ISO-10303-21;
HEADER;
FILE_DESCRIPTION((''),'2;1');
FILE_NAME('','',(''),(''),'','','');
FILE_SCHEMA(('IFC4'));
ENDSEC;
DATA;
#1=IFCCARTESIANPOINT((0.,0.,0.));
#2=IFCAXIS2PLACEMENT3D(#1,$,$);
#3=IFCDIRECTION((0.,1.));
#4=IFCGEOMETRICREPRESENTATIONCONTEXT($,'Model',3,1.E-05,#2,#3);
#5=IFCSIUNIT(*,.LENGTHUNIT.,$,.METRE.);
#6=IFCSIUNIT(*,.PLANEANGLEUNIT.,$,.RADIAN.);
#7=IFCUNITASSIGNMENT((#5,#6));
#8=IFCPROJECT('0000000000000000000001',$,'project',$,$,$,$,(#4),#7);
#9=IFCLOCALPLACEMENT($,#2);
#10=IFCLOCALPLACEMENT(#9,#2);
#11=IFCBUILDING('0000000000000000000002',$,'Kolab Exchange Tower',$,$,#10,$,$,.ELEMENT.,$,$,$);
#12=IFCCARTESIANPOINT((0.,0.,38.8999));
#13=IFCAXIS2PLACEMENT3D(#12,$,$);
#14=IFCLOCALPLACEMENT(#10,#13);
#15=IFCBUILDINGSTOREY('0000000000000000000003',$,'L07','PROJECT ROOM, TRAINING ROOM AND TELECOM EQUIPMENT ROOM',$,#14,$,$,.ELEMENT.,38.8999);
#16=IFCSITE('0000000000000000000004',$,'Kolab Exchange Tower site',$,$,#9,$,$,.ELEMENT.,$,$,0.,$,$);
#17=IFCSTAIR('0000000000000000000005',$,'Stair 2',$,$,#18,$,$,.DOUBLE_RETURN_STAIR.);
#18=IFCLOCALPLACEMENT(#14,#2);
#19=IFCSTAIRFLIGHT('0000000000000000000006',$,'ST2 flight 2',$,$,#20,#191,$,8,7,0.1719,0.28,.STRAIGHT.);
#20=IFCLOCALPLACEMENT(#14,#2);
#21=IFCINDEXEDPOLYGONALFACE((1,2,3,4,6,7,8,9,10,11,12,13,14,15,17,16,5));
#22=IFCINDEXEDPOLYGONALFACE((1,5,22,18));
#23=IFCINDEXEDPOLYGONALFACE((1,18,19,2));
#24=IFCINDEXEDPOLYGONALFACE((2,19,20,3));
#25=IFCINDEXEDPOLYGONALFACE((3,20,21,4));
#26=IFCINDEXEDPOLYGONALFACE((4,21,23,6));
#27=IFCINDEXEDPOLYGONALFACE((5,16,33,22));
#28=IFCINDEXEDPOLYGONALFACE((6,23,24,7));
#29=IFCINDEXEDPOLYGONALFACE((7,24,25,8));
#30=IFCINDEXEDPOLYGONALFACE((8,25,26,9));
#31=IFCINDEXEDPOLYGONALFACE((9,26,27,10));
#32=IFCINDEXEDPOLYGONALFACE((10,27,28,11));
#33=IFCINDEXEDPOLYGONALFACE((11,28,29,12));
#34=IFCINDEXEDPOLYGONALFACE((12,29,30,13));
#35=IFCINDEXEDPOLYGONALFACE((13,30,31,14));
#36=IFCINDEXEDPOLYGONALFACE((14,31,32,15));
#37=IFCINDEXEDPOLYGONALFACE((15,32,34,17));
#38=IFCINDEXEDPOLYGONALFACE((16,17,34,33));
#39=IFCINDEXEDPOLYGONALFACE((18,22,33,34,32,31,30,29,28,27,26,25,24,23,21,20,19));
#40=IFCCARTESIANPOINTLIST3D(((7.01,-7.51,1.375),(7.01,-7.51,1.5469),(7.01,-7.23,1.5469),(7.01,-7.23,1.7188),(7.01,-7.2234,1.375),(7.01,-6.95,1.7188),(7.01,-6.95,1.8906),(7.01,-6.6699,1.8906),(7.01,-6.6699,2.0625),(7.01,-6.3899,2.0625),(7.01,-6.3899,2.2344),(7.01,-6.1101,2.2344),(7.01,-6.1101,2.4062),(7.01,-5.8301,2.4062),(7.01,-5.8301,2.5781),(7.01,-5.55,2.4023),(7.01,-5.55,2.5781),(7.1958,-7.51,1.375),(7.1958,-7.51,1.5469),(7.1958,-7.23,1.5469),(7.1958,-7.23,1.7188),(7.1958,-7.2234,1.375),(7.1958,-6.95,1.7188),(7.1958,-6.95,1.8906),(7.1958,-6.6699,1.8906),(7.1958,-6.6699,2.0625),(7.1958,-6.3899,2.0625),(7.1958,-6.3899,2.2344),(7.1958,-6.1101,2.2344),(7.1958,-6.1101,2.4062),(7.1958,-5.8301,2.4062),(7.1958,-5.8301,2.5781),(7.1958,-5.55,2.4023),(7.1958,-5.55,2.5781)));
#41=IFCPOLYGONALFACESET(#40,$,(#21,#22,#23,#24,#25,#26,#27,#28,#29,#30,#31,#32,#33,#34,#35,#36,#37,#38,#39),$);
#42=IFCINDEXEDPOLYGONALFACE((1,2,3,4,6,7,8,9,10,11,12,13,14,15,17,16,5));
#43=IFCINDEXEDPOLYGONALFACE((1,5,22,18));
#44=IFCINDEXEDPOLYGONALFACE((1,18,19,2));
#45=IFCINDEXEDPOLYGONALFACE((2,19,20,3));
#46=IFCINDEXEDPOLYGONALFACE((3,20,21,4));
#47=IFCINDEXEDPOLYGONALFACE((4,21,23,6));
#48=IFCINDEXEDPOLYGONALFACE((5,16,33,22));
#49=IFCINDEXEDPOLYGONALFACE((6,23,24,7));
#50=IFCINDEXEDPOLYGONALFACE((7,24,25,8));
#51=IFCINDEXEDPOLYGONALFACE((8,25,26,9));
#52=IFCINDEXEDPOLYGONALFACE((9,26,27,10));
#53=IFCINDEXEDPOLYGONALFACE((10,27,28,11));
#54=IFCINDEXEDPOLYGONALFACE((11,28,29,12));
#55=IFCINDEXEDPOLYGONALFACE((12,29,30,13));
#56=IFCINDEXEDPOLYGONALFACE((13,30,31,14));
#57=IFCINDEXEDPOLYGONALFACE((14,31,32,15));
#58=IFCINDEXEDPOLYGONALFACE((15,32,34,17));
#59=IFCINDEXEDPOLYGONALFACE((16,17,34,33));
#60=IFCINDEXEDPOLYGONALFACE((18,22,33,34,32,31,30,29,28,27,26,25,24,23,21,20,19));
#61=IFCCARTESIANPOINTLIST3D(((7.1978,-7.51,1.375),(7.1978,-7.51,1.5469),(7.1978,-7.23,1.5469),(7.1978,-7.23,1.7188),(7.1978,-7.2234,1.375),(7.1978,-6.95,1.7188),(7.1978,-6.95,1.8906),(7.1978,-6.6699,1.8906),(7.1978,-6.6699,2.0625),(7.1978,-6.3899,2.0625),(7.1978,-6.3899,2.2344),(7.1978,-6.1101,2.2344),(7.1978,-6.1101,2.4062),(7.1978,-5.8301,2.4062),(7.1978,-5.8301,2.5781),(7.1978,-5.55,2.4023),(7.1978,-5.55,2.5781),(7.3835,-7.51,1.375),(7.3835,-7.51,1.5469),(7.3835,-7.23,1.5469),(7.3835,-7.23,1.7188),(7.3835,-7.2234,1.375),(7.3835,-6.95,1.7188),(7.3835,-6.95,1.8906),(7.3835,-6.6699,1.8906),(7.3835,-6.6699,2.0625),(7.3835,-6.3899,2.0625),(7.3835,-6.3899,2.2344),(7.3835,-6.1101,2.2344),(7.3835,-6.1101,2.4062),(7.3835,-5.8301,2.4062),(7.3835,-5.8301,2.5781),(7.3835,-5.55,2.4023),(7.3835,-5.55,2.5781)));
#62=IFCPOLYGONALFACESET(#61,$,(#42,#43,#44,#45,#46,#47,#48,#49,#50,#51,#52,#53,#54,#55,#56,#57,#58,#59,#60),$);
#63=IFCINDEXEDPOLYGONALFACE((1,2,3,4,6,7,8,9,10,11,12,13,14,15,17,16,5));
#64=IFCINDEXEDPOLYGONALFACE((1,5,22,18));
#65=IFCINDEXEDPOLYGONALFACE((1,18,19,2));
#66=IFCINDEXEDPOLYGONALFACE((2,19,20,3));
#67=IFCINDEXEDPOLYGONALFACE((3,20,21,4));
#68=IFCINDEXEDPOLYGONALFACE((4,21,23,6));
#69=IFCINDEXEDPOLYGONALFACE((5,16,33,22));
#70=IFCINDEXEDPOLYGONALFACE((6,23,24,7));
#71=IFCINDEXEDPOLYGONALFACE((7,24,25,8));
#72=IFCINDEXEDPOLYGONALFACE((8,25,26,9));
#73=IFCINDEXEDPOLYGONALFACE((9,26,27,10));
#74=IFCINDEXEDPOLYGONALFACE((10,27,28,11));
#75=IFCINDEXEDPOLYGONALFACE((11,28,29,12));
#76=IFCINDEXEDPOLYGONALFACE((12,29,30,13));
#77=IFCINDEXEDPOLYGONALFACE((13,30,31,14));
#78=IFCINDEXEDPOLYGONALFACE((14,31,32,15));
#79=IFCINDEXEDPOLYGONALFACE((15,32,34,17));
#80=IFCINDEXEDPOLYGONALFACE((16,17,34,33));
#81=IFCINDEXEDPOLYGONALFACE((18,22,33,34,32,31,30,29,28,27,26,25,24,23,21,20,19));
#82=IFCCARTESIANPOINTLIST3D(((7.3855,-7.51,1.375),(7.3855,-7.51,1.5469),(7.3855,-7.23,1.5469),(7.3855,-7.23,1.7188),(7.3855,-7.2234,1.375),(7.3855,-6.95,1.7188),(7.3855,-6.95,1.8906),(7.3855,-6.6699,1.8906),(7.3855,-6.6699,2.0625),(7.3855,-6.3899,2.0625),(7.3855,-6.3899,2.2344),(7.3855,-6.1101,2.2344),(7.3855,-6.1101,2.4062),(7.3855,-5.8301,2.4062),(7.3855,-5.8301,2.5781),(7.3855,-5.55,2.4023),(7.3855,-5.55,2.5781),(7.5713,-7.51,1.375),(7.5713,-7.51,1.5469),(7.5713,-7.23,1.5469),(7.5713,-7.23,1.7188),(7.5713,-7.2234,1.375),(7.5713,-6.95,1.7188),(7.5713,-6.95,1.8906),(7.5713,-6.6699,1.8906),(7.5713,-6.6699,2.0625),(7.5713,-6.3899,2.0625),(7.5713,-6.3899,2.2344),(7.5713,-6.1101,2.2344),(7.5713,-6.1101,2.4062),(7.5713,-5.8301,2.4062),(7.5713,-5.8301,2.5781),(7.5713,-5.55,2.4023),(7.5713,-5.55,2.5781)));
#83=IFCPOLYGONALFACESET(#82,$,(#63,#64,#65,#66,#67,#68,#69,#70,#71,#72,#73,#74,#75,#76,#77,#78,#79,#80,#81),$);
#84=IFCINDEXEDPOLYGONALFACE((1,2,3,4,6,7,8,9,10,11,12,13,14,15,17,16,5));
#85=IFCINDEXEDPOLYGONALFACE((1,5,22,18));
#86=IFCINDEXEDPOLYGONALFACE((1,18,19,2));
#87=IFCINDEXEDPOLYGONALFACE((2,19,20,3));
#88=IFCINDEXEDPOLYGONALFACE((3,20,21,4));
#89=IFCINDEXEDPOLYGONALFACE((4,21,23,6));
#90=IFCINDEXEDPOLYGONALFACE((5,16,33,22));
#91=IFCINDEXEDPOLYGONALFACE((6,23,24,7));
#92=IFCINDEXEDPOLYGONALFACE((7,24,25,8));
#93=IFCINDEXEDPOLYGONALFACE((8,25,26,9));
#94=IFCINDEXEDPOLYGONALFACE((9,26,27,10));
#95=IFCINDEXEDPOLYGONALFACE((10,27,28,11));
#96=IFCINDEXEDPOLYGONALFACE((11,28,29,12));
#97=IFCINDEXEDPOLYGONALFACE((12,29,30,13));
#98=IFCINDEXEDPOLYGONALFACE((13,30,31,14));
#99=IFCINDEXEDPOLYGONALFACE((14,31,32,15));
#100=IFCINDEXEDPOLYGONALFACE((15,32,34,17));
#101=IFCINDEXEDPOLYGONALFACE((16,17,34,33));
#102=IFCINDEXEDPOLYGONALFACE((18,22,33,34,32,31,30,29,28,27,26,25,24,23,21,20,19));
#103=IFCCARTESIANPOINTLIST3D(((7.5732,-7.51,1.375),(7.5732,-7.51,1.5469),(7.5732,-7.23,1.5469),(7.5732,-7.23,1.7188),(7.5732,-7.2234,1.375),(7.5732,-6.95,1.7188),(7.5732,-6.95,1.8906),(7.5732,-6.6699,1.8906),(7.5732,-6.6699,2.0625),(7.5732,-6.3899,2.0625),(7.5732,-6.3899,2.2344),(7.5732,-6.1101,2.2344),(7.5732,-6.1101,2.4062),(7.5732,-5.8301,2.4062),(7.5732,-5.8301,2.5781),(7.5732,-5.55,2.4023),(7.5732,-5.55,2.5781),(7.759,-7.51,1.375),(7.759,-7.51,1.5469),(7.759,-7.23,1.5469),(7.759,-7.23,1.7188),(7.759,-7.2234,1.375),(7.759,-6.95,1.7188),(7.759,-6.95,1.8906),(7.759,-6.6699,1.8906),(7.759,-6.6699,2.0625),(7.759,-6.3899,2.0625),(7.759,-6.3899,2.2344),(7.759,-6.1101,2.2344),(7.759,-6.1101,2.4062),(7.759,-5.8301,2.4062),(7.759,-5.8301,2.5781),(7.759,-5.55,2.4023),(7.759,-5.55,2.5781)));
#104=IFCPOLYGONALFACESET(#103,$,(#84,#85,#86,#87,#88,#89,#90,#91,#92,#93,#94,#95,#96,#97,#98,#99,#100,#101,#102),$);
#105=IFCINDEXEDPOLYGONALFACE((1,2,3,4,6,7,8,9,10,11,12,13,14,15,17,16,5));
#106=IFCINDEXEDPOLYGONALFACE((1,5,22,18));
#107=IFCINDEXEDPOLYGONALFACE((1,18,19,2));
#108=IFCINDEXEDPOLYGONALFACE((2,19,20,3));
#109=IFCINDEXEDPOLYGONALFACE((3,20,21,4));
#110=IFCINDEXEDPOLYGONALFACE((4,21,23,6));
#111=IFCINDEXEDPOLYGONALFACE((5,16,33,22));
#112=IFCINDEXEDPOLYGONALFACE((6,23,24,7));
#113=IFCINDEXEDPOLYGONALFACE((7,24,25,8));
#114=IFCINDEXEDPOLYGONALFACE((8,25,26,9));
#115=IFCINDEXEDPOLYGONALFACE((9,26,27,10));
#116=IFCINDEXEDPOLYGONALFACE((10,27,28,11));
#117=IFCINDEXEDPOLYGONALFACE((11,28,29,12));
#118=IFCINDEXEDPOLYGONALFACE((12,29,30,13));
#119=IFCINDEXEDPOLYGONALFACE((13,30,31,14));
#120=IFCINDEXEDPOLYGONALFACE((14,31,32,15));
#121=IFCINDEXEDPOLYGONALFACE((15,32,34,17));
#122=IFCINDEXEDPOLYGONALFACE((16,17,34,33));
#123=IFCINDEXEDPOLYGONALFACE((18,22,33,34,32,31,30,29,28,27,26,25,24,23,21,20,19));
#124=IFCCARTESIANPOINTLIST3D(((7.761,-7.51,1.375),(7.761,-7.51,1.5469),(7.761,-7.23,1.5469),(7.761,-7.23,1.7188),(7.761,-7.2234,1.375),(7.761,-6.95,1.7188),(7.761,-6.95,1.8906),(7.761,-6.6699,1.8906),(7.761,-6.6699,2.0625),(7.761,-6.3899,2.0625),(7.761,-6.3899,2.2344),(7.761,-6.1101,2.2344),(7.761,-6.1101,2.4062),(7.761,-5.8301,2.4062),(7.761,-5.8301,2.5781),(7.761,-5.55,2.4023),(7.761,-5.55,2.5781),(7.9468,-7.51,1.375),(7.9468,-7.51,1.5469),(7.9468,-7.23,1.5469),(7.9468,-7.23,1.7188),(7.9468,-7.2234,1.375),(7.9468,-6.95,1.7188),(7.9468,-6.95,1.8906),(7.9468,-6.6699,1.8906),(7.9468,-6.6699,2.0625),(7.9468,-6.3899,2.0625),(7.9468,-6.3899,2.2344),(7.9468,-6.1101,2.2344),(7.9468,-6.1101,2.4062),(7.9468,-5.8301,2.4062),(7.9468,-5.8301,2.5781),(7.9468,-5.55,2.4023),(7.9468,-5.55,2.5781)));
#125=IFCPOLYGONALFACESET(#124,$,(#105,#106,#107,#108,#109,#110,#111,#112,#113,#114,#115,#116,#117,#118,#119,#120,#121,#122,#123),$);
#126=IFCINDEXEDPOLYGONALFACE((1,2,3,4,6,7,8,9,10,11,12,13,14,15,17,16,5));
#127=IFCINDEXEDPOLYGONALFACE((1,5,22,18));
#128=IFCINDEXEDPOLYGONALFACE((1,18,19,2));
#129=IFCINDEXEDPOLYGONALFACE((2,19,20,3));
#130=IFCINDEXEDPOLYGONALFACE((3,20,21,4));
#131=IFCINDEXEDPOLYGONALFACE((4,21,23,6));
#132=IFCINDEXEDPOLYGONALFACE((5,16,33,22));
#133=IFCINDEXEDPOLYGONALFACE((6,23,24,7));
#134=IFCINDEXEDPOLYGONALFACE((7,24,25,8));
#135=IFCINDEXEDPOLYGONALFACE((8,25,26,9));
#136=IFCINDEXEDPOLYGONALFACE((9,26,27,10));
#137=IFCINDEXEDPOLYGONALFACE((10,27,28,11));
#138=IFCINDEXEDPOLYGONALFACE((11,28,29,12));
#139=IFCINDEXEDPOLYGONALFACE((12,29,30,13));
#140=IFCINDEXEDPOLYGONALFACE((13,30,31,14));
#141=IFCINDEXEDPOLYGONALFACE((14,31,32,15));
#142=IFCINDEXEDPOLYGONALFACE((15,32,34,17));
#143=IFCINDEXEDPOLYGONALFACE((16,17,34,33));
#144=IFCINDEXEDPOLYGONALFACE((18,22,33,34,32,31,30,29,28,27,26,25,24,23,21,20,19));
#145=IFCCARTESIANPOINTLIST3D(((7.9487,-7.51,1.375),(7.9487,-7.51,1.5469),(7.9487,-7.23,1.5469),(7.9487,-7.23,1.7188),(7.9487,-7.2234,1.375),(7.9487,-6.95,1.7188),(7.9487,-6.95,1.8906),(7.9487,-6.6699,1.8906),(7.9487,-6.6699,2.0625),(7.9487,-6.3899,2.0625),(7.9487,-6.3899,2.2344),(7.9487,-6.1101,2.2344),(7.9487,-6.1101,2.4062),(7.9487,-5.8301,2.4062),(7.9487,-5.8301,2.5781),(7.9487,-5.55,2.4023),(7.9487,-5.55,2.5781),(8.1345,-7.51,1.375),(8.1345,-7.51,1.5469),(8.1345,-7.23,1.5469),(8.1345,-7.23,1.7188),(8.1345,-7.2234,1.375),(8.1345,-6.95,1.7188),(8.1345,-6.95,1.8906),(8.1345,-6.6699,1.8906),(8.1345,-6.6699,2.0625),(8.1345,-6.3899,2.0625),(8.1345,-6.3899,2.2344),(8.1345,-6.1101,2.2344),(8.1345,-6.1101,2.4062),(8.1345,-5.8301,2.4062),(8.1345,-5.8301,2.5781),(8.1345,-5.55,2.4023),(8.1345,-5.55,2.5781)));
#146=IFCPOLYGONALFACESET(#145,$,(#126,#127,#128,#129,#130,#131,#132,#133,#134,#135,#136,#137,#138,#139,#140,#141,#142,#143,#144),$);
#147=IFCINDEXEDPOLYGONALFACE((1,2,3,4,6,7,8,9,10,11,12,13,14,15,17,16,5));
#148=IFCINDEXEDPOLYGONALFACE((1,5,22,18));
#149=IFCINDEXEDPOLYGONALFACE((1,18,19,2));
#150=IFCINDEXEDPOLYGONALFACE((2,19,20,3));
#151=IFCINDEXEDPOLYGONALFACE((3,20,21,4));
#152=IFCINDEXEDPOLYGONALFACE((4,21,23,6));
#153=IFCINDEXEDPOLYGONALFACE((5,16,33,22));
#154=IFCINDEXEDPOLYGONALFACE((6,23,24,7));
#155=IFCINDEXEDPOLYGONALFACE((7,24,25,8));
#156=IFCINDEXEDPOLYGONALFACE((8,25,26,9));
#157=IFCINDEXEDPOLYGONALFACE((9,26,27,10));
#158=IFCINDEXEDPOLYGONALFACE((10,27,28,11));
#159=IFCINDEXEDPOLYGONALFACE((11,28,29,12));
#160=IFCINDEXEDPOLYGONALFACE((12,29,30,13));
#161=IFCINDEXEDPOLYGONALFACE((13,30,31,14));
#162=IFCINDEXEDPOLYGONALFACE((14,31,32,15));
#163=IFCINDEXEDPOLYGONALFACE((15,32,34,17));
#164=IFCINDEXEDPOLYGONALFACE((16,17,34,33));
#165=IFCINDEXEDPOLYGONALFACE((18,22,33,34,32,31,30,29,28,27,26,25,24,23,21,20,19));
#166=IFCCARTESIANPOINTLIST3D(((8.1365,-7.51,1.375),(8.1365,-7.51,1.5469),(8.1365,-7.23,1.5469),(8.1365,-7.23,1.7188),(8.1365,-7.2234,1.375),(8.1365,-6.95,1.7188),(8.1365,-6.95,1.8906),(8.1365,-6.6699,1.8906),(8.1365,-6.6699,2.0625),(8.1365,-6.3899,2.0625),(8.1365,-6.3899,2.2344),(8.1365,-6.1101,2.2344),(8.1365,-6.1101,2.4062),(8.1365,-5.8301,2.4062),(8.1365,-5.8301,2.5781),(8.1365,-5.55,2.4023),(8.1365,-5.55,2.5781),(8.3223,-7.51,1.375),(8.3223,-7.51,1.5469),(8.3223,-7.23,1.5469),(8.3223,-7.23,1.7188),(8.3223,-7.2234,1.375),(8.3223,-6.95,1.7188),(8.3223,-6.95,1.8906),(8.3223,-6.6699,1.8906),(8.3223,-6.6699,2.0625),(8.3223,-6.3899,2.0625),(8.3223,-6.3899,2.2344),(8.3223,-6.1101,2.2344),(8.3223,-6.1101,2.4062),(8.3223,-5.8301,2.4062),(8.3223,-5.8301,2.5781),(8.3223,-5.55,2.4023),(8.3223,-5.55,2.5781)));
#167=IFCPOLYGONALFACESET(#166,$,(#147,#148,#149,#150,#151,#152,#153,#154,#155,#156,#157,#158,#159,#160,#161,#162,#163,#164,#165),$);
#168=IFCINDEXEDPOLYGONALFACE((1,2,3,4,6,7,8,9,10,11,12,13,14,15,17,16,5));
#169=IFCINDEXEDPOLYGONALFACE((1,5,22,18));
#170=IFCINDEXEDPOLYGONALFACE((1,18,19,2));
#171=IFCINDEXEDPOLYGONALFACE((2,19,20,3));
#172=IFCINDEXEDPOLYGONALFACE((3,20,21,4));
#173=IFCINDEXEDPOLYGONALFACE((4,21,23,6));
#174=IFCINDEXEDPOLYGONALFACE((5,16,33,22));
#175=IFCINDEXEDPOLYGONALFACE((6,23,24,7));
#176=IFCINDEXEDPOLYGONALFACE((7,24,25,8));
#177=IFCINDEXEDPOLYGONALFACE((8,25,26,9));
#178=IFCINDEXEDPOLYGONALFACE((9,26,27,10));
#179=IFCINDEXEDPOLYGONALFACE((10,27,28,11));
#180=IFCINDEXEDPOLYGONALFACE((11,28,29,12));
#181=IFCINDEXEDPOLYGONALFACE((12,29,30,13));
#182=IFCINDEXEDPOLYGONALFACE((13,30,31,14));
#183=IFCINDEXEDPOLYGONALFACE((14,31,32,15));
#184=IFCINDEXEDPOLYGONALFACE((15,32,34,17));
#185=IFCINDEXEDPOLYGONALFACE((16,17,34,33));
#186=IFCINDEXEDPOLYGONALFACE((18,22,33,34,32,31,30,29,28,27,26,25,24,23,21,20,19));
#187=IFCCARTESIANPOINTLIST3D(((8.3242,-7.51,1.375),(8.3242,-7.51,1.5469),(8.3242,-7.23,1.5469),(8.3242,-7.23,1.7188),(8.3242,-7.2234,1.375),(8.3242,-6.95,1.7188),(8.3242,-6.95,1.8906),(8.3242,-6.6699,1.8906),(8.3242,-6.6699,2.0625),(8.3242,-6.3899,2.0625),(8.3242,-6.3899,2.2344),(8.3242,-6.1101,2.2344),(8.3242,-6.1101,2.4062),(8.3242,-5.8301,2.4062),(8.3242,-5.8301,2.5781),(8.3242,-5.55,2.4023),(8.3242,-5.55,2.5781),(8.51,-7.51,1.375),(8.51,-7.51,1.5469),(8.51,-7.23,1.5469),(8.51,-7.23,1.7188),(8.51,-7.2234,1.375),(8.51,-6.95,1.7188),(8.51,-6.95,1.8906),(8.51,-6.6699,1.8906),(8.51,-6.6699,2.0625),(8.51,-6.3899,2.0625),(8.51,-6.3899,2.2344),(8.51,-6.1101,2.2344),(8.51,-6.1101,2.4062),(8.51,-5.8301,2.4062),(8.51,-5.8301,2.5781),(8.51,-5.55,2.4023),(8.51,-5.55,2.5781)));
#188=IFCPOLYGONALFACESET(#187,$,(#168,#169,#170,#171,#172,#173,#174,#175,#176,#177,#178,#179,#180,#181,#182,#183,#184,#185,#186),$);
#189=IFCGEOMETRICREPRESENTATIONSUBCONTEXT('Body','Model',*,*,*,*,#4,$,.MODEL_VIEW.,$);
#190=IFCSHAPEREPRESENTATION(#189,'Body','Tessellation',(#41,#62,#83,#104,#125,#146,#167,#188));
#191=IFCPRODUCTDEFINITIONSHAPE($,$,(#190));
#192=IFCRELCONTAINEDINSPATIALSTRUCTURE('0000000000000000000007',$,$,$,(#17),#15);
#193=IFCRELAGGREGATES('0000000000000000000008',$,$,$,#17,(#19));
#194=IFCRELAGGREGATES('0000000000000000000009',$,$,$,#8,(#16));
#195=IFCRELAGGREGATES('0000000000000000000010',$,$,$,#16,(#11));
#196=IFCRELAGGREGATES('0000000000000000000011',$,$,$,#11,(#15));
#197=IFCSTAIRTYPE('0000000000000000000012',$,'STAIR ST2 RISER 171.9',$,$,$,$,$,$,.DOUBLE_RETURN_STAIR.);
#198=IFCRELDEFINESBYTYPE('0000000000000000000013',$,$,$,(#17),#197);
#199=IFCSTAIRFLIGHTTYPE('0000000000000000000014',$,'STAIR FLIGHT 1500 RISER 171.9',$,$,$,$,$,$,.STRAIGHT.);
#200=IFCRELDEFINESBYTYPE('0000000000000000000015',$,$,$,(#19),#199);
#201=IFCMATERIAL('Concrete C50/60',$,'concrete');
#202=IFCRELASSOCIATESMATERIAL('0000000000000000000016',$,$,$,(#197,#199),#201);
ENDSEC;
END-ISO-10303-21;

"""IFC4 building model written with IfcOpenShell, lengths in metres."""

from ifc_helpers import new_model, si_unit, direction, frame, origin, place, context, subcontext, project, spatial, polyline, outline, extrude, material, type_object, element, aggregate, save


model = new_model("IFC4")

# Units and contexts
model_context = context("Model", 3, precision=1e-05, world=origin(), true_north=direction((0.0, 1.0)))
body_context = subcontext(model_context, "Body", "Model", "MODEL_VIEW")
ifc_project = project(units=[si_unit("LENGTHUNIT", "METRE"), si_unit("PLANEANGLEUNIT", "RADIAN")], contexts=[model_context])

# Site, building, storey
site_placement = place(None, origin())
site = spatial("IfcSite", under=ifc_project, at=site_placement, Name="Kolab Exchange Tower site", CompositionType="ELEMENT", RefElevation=0.0)
building_placement = place(site_placement, origin())
building = spatial("IfcBuilding", under=site, at=building_placement, Name="Kolab Exchange Tower", CompositionType="ELEMENT")
storey_placement = place(building_placement, frame((0.0, 0.0, 38.8999)))
storey = spatial("IfcBuildingStorey", under=building, at=storey_placement, Name="L07", Description="PROJECT ROOM, TRAINING ROOM AND TELECOM EQUIPMENT ROOM", CompositionType="ELEMENT", Elevation=38.8999)

# Shared definitions
ifc_material_1 = material(Name="Concrete C50/60", Category="concrete")

# Stair, stair flight
stair_type = type_object("IfcStairType", Name="STAIR ST2 RISER 171.9", PredefinedType="DOUBLE_RETURN_STAIR", material=ifc_material_1)
stair_placement = place(storey_placement, origin())
stair = element("IfcStair", 1, at=stair_placement, inside=storey, type_object=stair_type, Name="Stair 2", PredefinedType="DOUBLE_RETURN_STAIR")
stair_flight_type = type_object("IfcStairFlightType", Name="STAIR FLIGHT 1500 RISER 171.9", PredefinedType="STRAIGHT", material=ifc_material_1)
stair_flight_1_placement = place(storey_placement, frame((7.76, -7.51, 1.375), z_axis=(0.0, 0.0, 1.0), x_axis=(0.0, 1.0, 0.0)))
stair_flight_1 = element("IfcStairFlight", 2, at=stair_flight_1_placement, type_object=stair_flight_type, Name="ST2 flight 2", NumberOfRisers=8, NumberOfTreads=7, PredefinedType="STRAIGHT", RiserHeight=0.1719, TreadLength=0.28, context=body_context, shape_type="SweptSolid", body=[
    extrude(outline(polyline([(0.0, 0.0), (0.0, 0.1719), (0.28, 0.1719), (0.28, 0.3438), (0.5601, 0.3438), (0.5601, 0.5156), (0.8401, 0.5156), (0.8401, 0.6875), (1.1201, 0.6875), (1.1201, 0.8594), (1.3999, 0.8594), (1.3999, 1.0312), (1.6799, 1.0312), (1.6799, 1.2031), (1.96, 1.2031), (1.96, 1.375), (1.96, 1.0273), (0.2866, 0.0), (0.0, 0.0)])), frame((0.0, 0.75, 0.0), z_axis=(0.0, -1.0, 0.0), x_axis=(1.0, 0.0, 0.0)), (0.0, 0.0, 1.0), 0.1858),
    extrude(outline(polyline([(0.0, 0.0), (0.0, 0.1719), (0.28, 0.1719), (0.28, 0.3438), (0.5601, 0.3438), (0.5601, 0.5156), (0.8401, 0.5156), (0.8401, 0.6875), (1.1201, 0.6875), (1.1201, 0.8594), (1.3999, 0.8594), (1.3999, 1.0312), (1.6799, 1.0312), (1.6799, 1.2031), (1.96, 1.2031), (1.96, 1.375), (1.96, 1.0273), (0.2866, 0.0), (0.0, 0.0)])), frame((0.0, 0.5623, 0.0), z_axis=(0.0, -1.0, 0.0), x_axis=(1.0, 0.0, 0.0)), (0.0, 0.0, 1.0), 0.1858),
    extrude(outline(polyline([(0.0, 0.0), (0.0, 0.1719), (0.28, 0.1719), (0.28, 0.3438), (0.5601, 0.3438), (0.5601, 0.5156), (0.8401, 0.5156), (0.8401, 0.6875), (1.1201, 0.6875), (1.1201, 0.8594), (1.3999, 0.8594), (1.3999, 1.0312), (1.6799, 1.0312), (1.6799, 1.2031), (1.96, 1.2031), (1.96, 1.375), (1.96, 1.0273), (0.2866, 0.0), (0.0, 0.0)])), frame((0.0, 0.3745, 0.0), z_axis=(0.0, -1.0, 0.0), x_axis=(1.0, 0.0, 0.0)), (0.0, 0.0, 1.0), 0.1858),
    extrude(outline(polyline([(0.0, 0.0), (0.0, 0.1719), (0.28, 0.1719), (0.28, 0.3438), (0.5601, 0.3438), (0.5601, 0.5156), (0.8401, 0.5156), (0.8401, 0.6875), (1.1201, 0.6875), (1.1201, 0.8594), (1.3999, 0.8594), (1.3999, 1.0312), (1.6799, 1.0312), (1.6799, 1.2031), (1.96, 1.2031), (1.96, 1.375), (1.96, 1.0273), (0.2866, 0.0), (0.0, 0.0)])), frame((0.0, 0.1868, 0.0), z_axis=(0.0, -1.0, 0.0), x_axis=(1.0, 0.0, 0.0)), (0.0, 0.0, 1.0), 0.1858),
    extrude(outline(polyline([(0.0, 0.0), (0.0, 0.1719), (0.28, 0.1719), (0.28, 0.3438), (0.5601, 0.3438), (0.5601, 0.5156), (0.8401, 0.5156), (0.8401, 0.6875), (1.1201, 0.6875), (1.1201, 0.8594), (1.3999, 0.8594), (1.3999, 1.0312), (1.6799, 1.0312), (1.6799, 1.2031), (1.96, 1.2031), (1.96, 1.375), (1.96, 1.0273), (0.2866, 0.0), (0.0, 0.0)])), frame((0.0, -0.001, 0.0), z_axis=(0.0, -1.0, 0.0), x_axis=(1.0, 0.0, 0.0)), (0.0, 0.0, 1.0), 0.1858),
    extrude(outline(polyline([(0.0, 0.0), (0.0, 0.1719), (0.28, 0.1719), (0.28, 0.3438), (0.5601, 0.3438), (0.5601, 0.5156), (0.8401, 0.5156), (0.8401, 0.6875), (1.1201, 0.6875), (1.1201, 0.8594), (1.3999, 0.8594), (1.3999, 1.0312), (1.6799, 1.0312), (1.6799, 1.2031), (1.96, 1.2031), (1.96, 1.375), (1.96, 1.0273), (0.2866, 0.0), (0.0, 0.0)])), frame((0.0, -0.1887, 0.0), z_axis=(0.0, -1.0, 0.0), x_axis=(1.0, 0.0, 0.0)), (0.0, 0.0, 1.0), 0.1858),
    extrude(outline(polyline([(0.0, 0.0), (0.0, 0.1719), (0.28, 0.1719), (0.28, 0.3438), (0.5601, 0.3438), (0.5601, 0.5156), (0.8401, 0.5156), (0.8401, 0.6875), (1.1201, 0.6875), (1.1201, 0.8594), (1.3999, 0.8594), (1.3999, 1.0312), (1.6799, 1.0312), (1.6799, 1.2031), (1.96, 1.2031), (1.96, 1.375), (1.96, 1.0273), (0.2866, 0.0), (0.0, 0.0)])), frame((0.0, -0.3765, 0.0), z_axis=(0.0, -1.0, 0.0), x_axis=(1.0, 0.0, 0.0)), (0.0, 0.0, 1.0), 0.1858),
    extrude(outline(polyline([(0.0, 0.0), (0.0, 0.1719), (0.28, 0.1719), (0.28, 0.3438), (0.5601, 0.3438), (0.5601, 0.5156), (0.8401, 0.5156), (0.8401, 0.6875), (1.1201, 0.6875), (1.1201, 0.8594), (1.3999, 0.8594), (1.3999, 1.0312), (1.6799, 1.0312), (1.6799, 1.2031), (1.96, 1.2031), (1.96, 1.375), (1.96, 1.0273), (0.2866, 0.0), (0.0, 0.0)])), frame((0.0, -0.5642, 0.0), z_axis=(0.0, -1.0, 0.0), x_axis=(1.0, 0.0, 0.0)), (0.0, 0.0, 1.0), 0.1858),
])
aggregate(stair, [stair_flight_1])

save(model, "model.ifc")
